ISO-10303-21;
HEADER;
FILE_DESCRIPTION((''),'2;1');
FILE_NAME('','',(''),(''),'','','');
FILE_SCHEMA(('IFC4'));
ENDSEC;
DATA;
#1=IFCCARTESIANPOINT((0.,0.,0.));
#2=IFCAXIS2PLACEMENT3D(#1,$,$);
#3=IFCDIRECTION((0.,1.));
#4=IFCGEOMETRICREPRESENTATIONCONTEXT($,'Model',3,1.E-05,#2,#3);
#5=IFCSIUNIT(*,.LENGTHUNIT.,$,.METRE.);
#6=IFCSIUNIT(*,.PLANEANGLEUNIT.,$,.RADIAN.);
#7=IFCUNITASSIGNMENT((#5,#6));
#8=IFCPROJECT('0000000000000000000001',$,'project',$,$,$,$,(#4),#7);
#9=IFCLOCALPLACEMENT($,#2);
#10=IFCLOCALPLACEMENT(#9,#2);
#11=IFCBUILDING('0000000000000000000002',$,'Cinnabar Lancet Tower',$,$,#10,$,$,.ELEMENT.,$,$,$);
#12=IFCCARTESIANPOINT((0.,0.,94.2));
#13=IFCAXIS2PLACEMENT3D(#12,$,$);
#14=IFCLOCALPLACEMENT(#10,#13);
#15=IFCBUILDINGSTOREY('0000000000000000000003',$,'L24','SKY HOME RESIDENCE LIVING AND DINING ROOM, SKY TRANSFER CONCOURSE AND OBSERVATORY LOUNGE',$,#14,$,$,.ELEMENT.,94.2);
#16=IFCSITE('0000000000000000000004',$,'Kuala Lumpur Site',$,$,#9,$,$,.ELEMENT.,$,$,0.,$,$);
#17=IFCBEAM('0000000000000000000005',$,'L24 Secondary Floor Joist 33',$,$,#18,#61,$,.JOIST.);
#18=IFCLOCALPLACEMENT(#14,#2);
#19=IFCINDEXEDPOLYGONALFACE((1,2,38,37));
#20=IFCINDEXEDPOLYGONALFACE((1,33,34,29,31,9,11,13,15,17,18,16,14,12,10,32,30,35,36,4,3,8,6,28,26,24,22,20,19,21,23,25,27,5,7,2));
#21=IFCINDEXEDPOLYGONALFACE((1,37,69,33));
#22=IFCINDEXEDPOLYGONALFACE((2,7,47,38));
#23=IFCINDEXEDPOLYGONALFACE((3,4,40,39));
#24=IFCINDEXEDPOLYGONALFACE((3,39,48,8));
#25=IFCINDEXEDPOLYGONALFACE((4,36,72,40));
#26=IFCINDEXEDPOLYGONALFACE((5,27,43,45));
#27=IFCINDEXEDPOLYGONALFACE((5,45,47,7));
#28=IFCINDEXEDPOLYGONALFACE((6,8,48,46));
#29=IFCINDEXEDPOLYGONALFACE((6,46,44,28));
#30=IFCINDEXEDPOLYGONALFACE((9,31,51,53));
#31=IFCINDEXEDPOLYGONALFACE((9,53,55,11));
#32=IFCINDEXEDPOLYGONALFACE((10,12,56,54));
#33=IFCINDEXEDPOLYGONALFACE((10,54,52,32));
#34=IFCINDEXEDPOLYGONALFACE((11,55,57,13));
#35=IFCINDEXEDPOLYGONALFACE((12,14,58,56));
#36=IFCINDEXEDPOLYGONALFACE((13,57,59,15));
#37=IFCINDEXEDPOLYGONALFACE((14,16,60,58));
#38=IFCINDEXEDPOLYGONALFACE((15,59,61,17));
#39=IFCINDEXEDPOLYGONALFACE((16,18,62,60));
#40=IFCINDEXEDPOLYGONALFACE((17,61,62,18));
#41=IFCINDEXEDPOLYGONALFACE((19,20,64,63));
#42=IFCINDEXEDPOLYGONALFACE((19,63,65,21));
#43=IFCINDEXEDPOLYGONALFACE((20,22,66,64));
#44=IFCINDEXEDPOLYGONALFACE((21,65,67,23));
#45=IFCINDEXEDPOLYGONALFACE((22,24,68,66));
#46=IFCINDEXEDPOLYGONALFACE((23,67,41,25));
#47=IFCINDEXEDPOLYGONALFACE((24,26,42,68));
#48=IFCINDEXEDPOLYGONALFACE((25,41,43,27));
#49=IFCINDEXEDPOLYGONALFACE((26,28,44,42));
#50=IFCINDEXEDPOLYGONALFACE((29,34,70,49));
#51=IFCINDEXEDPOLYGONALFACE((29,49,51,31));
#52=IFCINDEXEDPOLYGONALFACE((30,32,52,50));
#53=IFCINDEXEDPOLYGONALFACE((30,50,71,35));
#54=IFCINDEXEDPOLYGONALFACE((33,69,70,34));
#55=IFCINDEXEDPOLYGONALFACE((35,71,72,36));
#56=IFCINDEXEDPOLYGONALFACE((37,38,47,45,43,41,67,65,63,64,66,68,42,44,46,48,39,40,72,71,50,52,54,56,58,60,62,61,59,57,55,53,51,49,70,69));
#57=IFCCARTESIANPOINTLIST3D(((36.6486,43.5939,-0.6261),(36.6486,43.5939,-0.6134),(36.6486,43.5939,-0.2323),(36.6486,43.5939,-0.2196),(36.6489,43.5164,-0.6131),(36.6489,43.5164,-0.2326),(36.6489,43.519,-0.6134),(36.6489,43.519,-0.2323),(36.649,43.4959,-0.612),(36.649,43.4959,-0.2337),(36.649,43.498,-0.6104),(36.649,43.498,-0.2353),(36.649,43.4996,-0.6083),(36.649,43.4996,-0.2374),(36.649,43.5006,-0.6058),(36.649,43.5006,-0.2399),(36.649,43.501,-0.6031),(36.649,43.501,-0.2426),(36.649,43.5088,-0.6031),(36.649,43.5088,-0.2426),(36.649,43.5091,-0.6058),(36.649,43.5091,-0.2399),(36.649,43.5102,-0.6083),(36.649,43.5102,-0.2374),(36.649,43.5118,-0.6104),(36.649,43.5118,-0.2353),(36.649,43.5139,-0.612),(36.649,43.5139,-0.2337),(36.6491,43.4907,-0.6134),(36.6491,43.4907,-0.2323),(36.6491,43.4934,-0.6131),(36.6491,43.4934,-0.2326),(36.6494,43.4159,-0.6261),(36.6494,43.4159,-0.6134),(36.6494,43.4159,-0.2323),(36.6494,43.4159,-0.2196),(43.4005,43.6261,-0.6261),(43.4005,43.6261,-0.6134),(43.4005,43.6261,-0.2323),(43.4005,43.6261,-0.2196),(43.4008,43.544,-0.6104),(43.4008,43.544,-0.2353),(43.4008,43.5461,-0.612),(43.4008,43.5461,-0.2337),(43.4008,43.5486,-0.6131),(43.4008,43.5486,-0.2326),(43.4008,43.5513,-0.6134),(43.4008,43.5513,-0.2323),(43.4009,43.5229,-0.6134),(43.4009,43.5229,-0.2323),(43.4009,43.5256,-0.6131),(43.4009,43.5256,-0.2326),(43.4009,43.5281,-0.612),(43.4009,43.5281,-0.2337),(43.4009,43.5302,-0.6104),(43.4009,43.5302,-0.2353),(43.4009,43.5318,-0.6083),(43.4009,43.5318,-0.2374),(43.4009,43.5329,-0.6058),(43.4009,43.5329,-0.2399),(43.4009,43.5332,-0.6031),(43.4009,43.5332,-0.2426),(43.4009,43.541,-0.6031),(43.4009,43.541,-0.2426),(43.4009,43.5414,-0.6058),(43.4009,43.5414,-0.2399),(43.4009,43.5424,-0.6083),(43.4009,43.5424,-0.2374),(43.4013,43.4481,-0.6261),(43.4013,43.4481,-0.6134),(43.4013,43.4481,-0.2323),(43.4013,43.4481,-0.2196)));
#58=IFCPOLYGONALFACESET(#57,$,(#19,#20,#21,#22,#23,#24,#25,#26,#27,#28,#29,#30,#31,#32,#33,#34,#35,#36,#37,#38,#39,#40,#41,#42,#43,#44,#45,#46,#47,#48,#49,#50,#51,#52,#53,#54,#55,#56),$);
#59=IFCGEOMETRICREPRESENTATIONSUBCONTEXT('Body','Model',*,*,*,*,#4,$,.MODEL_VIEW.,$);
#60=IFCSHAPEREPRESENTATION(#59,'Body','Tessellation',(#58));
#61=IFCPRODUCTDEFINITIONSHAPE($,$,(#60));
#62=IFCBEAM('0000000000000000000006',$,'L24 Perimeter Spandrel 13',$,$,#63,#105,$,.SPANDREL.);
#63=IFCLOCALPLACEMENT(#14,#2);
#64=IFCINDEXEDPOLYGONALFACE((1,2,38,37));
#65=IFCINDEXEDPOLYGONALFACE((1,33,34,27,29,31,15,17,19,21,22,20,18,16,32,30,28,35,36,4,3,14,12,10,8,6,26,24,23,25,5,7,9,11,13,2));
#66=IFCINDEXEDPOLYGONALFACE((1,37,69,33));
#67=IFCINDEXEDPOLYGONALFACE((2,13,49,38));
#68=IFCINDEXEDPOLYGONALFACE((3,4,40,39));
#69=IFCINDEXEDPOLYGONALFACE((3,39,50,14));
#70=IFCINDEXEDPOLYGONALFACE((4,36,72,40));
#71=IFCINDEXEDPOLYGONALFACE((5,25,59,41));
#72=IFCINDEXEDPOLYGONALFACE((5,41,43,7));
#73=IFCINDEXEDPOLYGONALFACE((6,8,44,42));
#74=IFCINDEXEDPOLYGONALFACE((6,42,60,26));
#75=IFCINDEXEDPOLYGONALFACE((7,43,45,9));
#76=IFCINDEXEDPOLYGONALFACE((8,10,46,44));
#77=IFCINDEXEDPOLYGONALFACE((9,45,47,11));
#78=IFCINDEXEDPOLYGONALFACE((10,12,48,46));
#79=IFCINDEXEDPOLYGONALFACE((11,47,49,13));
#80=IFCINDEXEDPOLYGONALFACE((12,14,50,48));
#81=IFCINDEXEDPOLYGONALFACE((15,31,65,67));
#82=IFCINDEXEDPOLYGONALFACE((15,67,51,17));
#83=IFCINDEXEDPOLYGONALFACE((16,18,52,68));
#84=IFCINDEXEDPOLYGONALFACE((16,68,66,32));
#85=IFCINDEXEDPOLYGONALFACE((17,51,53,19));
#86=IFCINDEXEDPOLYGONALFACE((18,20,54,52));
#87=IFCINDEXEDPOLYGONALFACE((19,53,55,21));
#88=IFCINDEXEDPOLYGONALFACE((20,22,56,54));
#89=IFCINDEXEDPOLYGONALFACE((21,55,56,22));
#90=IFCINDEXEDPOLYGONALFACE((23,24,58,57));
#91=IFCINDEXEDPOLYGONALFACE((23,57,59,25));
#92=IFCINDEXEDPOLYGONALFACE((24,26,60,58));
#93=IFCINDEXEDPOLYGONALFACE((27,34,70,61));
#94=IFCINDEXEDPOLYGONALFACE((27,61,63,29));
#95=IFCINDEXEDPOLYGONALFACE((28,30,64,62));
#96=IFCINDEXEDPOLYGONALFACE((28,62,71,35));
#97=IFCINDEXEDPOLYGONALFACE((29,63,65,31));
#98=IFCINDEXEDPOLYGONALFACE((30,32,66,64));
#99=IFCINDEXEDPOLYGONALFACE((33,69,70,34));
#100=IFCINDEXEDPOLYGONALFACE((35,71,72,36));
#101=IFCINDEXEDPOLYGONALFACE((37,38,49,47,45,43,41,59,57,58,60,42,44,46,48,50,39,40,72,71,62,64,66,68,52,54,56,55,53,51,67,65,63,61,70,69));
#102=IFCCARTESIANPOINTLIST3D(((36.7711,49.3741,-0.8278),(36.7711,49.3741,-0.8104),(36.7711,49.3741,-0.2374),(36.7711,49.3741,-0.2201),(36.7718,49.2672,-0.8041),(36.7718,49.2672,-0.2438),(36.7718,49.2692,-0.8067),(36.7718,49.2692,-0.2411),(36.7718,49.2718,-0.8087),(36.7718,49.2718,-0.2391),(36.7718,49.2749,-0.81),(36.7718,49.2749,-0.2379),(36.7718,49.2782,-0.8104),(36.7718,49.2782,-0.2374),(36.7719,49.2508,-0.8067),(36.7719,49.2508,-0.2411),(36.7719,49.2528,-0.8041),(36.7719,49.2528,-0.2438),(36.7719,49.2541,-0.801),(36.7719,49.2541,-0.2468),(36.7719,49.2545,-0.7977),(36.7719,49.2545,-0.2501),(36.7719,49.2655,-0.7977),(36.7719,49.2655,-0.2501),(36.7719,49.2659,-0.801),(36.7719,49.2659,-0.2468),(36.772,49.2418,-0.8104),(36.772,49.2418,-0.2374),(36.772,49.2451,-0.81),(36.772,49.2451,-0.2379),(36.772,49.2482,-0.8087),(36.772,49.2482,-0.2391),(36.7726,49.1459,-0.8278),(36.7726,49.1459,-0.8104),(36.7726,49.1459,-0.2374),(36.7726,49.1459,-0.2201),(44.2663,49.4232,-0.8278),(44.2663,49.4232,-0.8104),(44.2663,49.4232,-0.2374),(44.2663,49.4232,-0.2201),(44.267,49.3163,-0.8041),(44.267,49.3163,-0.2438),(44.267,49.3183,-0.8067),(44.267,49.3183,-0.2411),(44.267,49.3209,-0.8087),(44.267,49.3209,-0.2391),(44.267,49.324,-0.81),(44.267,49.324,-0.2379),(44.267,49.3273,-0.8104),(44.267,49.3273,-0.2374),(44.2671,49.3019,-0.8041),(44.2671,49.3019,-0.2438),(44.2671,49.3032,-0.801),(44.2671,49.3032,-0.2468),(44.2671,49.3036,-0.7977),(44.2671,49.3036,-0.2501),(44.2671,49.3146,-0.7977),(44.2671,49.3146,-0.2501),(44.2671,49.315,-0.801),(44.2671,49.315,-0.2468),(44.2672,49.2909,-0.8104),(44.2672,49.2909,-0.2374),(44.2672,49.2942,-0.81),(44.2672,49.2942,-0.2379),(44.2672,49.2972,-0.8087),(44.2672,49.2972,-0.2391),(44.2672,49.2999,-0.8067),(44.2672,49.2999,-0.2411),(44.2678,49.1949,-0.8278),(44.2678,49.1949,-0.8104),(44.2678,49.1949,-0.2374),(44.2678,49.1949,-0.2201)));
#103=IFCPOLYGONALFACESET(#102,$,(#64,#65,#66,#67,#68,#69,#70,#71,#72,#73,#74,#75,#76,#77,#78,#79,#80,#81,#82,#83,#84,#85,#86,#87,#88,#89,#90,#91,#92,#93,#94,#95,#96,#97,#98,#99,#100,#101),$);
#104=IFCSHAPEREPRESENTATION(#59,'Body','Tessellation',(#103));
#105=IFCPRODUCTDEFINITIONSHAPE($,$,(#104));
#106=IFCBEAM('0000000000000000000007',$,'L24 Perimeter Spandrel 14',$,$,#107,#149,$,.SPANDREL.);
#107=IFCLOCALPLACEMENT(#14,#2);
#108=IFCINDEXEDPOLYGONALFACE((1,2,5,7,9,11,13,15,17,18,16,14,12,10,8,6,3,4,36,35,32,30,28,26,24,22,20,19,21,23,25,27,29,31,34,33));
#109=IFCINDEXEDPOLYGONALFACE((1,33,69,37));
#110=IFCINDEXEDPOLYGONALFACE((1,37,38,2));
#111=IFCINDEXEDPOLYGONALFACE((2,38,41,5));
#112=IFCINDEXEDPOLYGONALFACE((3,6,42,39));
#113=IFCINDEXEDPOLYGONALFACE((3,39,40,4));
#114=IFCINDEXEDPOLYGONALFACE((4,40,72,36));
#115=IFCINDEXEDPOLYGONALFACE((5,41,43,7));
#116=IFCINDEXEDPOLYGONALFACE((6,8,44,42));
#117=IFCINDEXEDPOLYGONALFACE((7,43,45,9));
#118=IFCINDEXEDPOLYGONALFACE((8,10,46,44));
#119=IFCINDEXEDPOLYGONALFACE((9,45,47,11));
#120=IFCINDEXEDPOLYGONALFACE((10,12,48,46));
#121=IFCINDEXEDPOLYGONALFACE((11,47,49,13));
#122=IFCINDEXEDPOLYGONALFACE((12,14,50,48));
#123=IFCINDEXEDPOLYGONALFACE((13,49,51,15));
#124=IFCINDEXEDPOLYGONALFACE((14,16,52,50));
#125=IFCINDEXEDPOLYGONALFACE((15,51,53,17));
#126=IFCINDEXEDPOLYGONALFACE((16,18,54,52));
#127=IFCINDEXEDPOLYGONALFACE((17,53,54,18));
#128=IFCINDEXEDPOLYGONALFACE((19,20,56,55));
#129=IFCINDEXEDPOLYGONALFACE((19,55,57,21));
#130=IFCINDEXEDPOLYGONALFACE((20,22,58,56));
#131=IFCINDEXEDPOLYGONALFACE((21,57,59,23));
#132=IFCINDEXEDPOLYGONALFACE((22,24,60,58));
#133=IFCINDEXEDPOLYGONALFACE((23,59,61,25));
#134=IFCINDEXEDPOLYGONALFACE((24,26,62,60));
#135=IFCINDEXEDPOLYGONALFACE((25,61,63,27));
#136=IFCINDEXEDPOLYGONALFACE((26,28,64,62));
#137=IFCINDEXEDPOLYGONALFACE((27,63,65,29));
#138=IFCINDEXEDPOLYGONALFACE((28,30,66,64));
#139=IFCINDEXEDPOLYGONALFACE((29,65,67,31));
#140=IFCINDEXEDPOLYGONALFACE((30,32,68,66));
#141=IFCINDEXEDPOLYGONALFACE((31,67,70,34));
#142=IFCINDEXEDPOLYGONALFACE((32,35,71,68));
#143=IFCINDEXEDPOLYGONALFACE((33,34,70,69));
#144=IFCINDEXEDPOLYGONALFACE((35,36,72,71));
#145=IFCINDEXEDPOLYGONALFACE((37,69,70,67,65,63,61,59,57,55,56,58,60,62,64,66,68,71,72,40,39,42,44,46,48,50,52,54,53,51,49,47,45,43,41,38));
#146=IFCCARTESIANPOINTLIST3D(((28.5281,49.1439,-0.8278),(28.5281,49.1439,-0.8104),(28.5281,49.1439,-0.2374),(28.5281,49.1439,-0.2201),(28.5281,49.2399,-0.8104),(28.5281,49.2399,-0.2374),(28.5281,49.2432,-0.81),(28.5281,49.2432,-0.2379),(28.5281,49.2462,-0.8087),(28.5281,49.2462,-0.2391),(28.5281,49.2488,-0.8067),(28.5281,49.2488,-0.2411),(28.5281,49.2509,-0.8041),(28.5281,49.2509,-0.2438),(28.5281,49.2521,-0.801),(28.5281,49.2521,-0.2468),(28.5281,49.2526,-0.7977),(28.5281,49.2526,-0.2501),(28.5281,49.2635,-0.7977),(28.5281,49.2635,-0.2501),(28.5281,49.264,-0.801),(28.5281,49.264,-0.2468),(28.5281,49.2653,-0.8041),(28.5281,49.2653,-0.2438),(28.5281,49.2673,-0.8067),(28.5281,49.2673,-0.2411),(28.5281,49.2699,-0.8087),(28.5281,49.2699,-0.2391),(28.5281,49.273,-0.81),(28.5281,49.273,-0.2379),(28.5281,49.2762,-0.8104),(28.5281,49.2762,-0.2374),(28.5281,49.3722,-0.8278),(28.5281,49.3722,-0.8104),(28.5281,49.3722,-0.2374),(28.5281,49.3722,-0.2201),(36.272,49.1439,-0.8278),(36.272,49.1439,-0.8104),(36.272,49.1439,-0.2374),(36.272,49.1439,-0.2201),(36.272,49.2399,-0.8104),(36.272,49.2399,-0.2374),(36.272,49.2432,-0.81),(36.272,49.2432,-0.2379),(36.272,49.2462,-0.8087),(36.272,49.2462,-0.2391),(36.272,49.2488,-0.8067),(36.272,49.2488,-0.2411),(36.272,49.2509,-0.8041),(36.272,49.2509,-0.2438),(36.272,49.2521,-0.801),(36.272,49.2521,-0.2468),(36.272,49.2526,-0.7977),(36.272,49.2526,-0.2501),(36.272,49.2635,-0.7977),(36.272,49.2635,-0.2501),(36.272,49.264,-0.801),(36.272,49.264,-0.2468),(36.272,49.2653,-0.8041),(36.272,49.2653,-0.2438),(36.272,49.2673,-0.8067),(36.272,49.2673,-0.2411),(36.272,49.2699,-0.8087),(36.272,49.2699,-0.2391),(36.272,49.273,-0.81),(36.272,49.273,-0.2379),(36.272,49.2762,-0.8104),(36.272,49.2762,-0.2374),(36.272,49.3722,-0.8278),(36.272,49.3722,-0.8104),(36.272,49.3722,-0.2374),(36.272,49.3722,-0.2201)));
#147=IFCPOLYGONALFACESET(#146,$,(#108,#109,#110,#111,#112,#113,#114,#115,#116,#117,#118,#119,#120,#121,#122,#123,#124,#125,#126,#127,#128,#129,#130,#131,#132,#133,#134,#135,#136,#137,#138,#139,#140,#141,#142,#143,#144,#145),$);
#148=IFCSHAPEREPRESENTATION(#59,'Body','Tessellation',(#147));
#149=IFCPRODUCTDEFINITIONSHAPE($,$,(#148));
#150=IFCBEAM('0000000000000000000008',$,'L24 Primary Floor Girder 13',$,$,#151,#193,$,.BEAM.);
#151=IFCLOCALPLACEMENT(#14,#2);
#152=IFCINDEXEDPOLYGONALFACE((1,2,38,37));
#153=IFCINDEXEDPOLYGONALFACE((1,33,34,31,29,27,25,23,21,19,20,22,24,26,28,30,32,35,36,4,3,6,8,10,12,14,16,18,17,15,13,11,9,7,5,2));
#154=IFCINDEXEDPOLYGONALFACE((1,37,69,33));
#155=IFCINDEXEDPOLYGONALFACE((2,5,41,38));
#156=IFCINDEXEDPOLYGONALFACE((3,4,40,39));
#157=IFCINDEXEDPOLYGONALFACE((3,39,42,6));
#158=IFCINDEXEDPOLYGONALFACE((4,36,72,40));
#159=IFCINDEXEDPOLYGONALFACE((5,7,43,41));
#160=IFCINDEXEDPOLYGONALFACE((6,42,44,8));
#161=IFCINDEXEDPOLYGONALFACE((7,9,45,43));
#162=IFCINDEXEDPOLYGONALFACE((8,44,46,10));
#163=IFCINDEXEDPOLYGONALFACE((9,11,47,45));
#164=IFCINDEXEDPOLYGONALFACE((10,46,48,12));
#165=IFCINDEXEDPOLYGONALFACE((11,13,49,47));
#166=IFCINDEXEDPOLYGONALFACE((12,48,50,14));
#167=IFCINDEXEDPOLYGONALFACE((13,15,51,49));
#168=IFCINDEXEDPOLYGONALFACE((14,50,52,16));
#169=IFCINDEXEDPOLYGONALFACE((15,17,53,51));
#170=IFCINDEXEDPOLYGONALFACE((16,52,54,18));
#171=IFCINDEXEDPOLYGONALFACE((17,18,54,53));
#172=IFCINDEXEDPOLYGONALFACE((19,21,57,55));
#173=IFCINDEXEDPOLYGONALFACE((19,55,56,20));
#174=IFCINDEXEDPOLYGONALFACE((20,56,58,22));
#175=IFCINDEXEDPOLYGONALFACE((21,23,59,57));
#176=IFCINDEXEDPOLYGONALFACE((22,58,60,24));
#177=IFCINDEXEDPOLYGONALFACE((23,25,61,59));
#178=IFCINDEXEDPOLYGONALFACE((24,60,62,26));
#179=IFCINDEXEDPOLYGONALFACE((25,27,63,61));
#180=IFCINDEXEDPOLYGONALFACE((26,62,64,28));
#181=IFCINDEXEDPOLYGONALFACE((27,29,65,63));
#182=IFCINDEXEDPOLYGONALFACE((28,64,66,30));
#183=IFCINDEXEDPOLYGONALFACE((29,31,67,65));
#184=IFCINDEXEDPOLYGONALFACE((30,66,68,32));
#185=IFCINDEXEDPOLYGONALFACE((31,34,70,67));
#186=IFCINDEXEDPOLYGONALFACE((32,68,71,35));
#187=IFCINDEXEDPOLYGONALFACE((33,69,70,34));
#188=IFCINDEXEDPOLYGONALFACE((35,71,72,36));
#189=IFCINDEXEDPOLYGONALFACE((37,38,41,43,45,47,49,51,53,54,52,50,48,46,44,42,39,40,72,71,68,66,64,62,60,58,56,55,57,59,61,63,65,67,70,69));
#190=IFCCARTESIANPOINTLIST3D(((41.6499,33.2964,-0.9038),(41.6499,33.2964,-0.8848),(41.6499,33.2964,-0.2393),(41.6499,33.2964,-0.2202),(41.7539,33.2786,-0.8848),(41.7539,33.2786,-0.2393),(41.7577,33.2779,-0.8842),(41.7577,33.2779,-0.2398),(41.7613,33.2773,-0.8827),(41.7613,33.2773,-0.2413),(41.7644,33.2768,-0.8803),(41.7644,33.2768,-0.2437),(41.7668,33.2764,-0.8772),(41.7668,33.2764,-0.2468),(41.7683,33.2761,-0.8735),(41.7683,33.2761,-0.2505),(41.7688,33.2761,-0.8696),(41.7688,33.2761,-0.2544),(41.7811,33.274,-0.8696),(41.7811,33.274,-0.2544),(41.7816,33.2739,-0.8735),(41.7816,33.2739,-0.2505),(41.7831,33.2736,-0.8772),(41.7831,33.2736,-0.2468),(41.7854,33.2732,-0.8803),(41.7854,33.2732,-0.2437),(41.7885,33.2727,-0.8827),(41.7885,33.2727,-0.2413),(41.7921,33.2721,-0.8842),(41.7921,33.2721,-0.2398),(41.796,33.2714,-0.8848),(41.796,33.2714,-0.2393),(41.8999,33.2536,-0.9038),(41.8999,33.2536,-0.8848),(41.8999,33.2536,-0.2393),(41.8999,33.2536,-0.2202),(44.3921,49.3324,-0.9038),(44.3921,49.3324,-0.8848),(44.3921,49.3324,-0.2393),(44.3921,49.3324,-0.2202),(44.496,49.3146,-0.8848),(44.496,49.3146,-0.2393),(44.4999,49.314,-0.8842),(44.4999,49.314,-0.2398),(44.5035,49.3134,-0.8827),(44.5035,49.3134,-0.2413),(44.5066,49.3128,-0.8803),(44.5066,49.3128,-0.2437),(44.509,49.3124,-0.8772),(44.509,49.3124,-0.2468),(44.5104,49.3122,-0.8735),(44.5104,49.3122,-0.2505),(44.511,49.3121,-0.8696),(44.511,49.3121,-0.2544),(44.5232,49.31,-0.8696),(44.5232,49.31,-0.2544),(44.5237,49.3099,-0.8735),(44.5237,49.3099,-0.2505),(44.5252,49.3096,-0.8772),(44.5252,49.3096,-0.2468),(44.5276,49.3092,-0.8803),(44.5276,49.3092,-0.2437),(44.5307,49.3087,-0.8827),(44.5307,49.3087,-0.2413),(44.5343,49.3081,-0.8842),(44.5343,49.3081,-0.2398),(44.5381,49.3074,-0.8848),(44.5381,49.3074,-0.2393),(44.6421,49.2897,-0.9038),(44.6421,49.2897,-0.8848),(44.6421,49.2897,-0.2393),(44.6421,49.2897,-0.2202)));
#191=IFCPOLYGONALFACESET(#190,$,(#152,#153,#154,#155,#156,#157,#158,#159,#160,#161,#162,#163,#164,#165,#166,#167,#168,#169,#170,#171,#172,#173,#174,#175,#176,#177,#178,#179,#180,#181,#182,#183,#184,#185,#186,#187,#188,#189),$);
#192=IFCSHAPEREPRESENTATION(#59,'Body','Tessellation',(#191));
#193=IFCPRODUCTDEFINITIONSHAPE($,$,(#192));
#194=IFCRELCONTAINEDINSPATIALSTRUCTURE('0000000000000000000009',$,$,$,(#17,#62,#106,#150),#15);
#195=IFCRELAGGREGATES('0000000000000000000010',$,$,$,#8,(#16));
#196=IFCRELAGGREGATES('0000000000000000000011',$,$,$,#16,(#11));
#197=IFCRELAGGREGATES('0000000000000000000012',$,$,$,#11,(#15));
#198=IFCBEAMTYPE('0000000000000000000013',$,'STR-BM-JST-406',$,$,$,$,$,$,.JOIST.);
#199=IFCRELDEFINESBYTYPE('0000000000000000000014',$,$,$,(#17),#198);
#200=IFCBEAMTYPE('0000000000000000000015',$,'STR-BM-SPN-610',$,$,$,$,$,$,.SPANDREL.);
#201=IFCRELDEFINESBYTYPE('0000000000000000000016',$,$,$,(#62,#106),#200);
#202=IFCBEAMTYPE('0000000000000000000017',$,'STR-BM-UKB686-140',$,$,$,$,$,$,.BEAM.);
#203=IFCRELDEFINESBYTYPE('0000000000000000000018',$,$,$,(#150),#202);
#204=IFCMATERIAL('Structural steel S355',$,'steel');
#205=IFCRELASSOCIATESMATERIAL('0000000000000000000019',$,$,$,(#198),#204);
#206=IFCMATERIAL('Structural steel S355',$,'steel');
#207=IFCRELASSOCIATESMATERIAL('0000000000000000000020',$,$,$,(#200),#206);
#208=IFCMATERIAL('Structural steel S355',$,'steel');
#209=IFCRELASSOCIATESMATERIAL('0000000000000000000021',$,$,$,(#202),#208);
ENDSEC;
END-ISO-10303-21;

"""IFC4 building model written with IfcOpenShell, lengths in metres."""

from ifc_helpers import new_model, si_unit, direction, frame, origin, origin_2d, place, context, subcontext, project, spatial, i_section, extrude, material, material_profile, profile_set, type_object, element, save


model = new_model("IFC4")

# Units and contexts
model_context = context("Model", 3, precision=1e-05, world=origin(), true_north=direction((0.0, 1.0)))
body_context = subcontext(model_context, "Body", "Model", "MODEL_VIEW")
ifc_project = project(units=[si_unit("LENGTHUNIT", "METRE"), si_unit("PLANEANGLEUNIT", "RADIAN")], contexts=[model_context])

# Site, building, storey
site_placement = place(None, origin())
site = spatial("IfcSite", under=ifc_project, at=site_placement, Name="Kuala Lumpur Site", CompositionType="ELEMENT", RefElevation=0.0)
building_placement = place(site_placement, origin())
building = spatial("IfcBuilding", under=site, at=building_placement, Name="Cinnabar Lancet Tower", CompositionType="ELEMENT")
storey_placement = place(building_placement, frame((0.0, 0.0, 94.2)))
storey = spatial("IfcBuildingStorey", under=building, at=storey_placement, Name="L24", Description="SKY HOME RESIDENCE LIVING AND DINING ROOM, SKY TRANSFER CONCOURSE AND OBSERVATORY LOUNGE", CompositionType="ELEMENT", Elevation=94.2)

# Beams
ifc_material_1 = material(Name="Structural steel S355", Category="steel")
ifc_material_profile_1 = material_profile(ifc_material_1, i_section(OverallWidth=0.178, OverallDepth=0.4065, WebThickness=0.0078, FlangeThickness=0.0127, FilletRadius=0.0103, at=origin_2d()), Name="UKB 406x178x60")
ifc_profile_set_1 = profile_set([ifc_material_profile_1], Name="Structural steel S355")
beam_type_1 = type_object("IfcBeamType", Name="STR-BM-JST-406", PredefinedType="JOIST", material=ifc_profile_set_1)
beam_1_placement = place(storey_placement, frame((43.4009, 43.5371, -0.4229), z_axis=(-0.999989, -0.004773, 0.0), x_axis=(0.004773, -0.999989, 0.0)))
element("IfcBeam", 1, at=beam_1_placement, inside=storey, type_object=beam_type_1, Name="L24 Secondary Floor Joist 33", PredefinedType="JOIST", context=body_context, shape_type="SweptSolid", body=[
    extrude(i_section(OverallWidth=0.178, OverallDepth=0.4065, WebThickness=0.0078, FlangeThickness=0.0127, FilletRadius=0.0103, at=origin_2d()), origin(), (0.0, 0.0, 1.0), 6.752),
])
ifc_material_2 = material(Name="Structural steel S355", Category="steel")
ifc_material_profile_2 = material_profile(ifc_material_2, i_section(OverallWidth=0.2283, OverallDepth=0.6077, WebThickness=0.011, FlangeThickness=0.0173, FilletRadius=0.0127, at=origin_2d()), Name="UKB 610x229x113")
ifc_profile_set_2 = profile_set([ifc_material_profile_2], Name="Structural steel S355")
beam_type_2 = type_object("IfcBeamType", Name="STR-BM-SPN-610", PredefinedType="SPANDREL", material=ifc_profile_set_2)
beam_2_placement = place(storey_placement, frame((44.2671, 49.3091, -0.5239), z_axis=(-0.999979, -0.006547, 0.0), x_axis=(0.006547, -0.999979, 0.0)))
element("IfcBeam", 2, at=beam_2_placement, inside=storey, type_object=beam_type_2, Name="L24 Perimeter Spandrel 13", PredefinedType="SPANDREL", context=body_context, shape_type="SweptSolid", body=[
    extrude(i_section(OverallWidth=0.2283, OverallDepth=0.6077, WebThickness=0.011, FlangeThickness=0.0173, FilletRadius=0.0127, at=origin_2d()), origin(), (0.0, 0.0, 1.0), 7.4954),
])
beam_3_placement = place(storey_placement, frame((36.272, 49.2581, -0.5239), z_axis=(-1.0, 0.0, 0.0), x_axis=(0.0, -1.0, 0.0)))
element("IfcBeam", 3, at=beam_3_placement, inside=storey, type_object=beam_type_2, Name="L24 Perimeter Spandrel 14", PredefinedType="SPANDREL", context=body_context, shape_type="SweptSolid", body=[
    extrude(i_section(OverallWidth=0.2283, OverallDepth=0.6077, WebThickness=0.011, FlangeThickness=0.0173, FilletRadius=0.0127, at=origin_2d()), origin(), (0.0, 0.0, 1.0), 7.7439),
])
ifc_material_3 = material(Name="Structural steel S355", Category="steel")
ifc_material_profile_3 = material_profile(ifc_material_3, i_section(OverallWidth=0.2537, OverallDepth=0.6836, WebThickness=0.0125, FlangeThickness=0.019, FilletRadius=0.0151, at=origin_2d()), Name="UKB 686x254x140")
ifc_profile_set_3 = profile_set([ifc_material_profile_3], Name="Structural steel S355")
beam_type_3 = type_object("IfcBeamType", Name="STR-BM-UKB686-140", PredefinedType="BEAM", material=ifc_profile_set_3)
beam_4_placement = place(storey_placement, frame((44.5171, 49.311, -0.562), z_axis=(-0.168554, -0.985692, 0.0), x_axis=(0.985692, -0.168554, 0.0)))
element("IfcBeam", 4, at=beam_4_placement, inside=storey, type_object=beam_type_3, Name="L24 Primary Floor Girder 13", PredefinedType="BEAM", context=body_context, shape_type="SweptSolid", body=[
    extrude(i_section(OverallWidth=0.2537, OverallDepth=0.6836, WebThickness=0.0125, FlangeThickness=0.019, FilletRadius=0.0151, at=origin_2d()), origin(), (0.0, 0.0, 1.0), 16.2688),
])

save(model, "model.ifc")
